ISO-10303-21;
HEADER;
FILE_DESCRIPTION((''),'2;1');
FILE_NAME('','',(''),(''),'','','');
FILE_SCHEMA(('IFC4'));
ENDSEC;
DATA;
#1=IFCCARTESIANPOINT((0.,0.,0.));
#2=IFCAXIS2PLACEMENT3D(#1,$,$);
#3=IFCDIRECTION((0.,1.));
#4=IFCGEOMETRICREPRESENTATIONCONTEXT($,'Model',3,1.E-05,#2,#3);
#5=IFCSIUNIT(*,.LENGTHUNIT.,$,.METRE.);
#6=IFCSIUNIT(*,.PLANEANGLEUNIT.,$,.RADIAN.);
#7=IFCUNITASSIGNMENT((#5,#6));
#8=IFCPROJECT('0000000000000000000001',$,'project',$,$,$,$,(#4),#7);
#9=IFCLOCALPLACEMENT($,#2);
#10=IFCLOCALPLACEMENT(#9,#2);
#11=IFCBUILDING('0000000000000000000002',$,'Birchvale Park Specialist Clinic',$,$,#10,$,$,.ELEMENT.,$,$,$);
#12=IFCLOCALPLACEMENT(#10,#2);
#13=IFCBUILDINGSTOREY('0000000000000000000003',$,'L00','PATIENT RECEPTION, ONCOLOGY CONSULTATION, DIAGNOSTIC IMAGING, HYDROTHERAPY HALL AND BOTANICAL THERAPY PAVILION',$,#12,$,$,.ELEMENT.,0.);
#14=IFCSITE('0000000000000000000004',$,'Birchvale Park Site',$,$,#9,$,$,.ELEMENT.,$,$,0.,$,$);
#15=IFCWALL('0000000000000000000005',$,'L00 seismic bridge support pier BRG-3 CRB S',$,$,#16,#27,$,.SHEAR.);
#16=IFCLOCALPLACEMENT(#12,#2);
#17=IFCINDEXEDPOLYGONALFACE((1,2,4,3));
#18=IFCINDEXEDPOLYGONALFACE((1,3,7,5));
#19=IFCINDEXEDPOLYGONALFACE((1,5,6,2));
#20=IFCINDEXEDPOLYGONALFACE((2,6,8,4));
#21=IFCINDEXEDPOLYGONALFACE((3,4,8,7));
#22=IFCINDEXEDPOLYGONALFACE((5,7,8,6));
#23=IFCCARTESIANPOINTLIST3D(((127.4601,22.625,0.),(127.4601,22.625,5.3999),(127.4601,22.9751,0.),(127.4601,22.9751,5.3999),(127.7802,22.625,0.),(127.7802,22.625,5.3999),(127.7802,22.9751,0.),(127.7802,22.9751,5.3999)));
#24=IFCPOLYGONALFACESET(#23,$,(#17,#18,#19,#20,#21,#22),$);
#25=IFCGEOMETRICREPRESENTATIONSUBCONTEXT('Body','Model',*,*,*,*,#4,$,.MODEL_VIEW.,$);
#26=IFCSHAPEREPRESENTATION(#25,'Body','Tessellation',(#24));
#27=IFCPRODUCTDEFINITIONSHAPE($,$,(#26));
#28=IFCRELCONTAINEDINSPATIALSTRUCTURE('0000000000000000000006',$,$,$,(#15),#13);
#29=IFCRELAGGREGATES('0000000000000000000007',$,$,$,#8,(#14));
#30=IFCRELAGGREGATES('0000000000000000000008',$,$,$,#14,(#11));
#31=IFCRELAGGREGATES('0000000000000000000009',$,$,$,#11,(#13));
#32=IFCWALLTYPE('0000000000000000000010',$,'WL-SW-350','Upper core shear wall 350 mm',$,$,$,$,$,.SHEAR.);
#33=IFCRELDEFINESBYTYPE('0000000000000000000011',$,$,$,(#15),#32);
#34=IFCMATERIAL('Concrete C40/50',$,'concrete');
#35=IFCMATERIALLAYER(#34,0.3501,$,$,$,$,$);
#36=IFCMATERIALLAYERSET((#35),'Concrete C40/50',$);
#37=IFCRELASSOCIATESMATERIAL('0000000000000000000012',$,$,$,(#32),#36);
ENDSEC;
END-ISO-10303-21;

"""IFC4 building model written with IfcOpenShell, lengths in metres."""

from ifc_helpers import new_model, si_unit, direction, frame, frame_2d, origin, place, context, subcontext, project, spatial, rectangle, extrude, material, layer, layer_set, type_object, element, save


model = new_model("IFC4")

# Units and contexts
model_context = context("Model", 3, precision=1e-05, world=origin(), true_north=direction((0.0, 1.0)))
body_context = subcontext(model_context, "Body", "Model", "MODEL_VIEW")
ifc_project = project(units=[si_unit("LENGTHUNIT", "METRE"), si_unit("PLANEANGLEUNIT", "RADIAN")], contexts=[model_context])

# Site, building, storey
site_placement = place(None, origin())
site = spatial("IfcSite", under=ifc_project, at=site_placement, Name="Birchvale Park Site", CompositionType="ELEMENT", RefElevation=0.0)
building_placement = place(site_placement, origin())
building = spatial("IfcBuilding", under=site, at=building_placement, Name="Birchvale Park Specialist Clinic", CompositionType="ELEMENT")
storey_placement = place(building_placement, origin())
storey = spatial("IfcBuildingStorey", under=building, at=storey_placement, Name="L00", Description="PATIENT RECEPTION, ONCOLOGY CONSULTATION, DIAGNOSTIC IMAGING, HYDROTHERAPY HALL AND BOTANICAL THERAPY PAVILION", CompositionType="ELEMENT", Elevation=0.0)

# Shared definitions
ifc_material_1 = material(Name="Concrete C40/50", Category="concrete")

# Wall
ifc_layer_1 = layer(ifc_material_1, 0.3501)
ifc_layer_set_1 = layer_set([ifc_layer_1], Name="Concrete C40/50")
wall_type_1 = type_object("IfcWallType", Name="WL-SW-350", Description="Upper core shear wall 350 mm", PredefinedType="SHEAR", material=ifc_layer_set_1)
wall_1_placement = place(storey_placement, frame((127.46, 22.8, 0.0), z_axis=(0.0, 0.0, 1.0), x_axis=(1.0, 0.0, 0.0)))
element("IfcWall", 1, at=wall_1_placement, inside=storey, type_object=wall_type_1, Name="L00 seismic bridge support pier BRG-3 CRB S", PredefinedType="SHEAR", context=body_context, shape_type="SweptSolid", body=[
    extrude(rectangle(XDim=0.3201, YDim=0.3501, at=frame_2d((0.1602, 0.0))), origin(), (0.0, 0.0, 1.0), 5.3999),
])

save(model, "model.ifc")
